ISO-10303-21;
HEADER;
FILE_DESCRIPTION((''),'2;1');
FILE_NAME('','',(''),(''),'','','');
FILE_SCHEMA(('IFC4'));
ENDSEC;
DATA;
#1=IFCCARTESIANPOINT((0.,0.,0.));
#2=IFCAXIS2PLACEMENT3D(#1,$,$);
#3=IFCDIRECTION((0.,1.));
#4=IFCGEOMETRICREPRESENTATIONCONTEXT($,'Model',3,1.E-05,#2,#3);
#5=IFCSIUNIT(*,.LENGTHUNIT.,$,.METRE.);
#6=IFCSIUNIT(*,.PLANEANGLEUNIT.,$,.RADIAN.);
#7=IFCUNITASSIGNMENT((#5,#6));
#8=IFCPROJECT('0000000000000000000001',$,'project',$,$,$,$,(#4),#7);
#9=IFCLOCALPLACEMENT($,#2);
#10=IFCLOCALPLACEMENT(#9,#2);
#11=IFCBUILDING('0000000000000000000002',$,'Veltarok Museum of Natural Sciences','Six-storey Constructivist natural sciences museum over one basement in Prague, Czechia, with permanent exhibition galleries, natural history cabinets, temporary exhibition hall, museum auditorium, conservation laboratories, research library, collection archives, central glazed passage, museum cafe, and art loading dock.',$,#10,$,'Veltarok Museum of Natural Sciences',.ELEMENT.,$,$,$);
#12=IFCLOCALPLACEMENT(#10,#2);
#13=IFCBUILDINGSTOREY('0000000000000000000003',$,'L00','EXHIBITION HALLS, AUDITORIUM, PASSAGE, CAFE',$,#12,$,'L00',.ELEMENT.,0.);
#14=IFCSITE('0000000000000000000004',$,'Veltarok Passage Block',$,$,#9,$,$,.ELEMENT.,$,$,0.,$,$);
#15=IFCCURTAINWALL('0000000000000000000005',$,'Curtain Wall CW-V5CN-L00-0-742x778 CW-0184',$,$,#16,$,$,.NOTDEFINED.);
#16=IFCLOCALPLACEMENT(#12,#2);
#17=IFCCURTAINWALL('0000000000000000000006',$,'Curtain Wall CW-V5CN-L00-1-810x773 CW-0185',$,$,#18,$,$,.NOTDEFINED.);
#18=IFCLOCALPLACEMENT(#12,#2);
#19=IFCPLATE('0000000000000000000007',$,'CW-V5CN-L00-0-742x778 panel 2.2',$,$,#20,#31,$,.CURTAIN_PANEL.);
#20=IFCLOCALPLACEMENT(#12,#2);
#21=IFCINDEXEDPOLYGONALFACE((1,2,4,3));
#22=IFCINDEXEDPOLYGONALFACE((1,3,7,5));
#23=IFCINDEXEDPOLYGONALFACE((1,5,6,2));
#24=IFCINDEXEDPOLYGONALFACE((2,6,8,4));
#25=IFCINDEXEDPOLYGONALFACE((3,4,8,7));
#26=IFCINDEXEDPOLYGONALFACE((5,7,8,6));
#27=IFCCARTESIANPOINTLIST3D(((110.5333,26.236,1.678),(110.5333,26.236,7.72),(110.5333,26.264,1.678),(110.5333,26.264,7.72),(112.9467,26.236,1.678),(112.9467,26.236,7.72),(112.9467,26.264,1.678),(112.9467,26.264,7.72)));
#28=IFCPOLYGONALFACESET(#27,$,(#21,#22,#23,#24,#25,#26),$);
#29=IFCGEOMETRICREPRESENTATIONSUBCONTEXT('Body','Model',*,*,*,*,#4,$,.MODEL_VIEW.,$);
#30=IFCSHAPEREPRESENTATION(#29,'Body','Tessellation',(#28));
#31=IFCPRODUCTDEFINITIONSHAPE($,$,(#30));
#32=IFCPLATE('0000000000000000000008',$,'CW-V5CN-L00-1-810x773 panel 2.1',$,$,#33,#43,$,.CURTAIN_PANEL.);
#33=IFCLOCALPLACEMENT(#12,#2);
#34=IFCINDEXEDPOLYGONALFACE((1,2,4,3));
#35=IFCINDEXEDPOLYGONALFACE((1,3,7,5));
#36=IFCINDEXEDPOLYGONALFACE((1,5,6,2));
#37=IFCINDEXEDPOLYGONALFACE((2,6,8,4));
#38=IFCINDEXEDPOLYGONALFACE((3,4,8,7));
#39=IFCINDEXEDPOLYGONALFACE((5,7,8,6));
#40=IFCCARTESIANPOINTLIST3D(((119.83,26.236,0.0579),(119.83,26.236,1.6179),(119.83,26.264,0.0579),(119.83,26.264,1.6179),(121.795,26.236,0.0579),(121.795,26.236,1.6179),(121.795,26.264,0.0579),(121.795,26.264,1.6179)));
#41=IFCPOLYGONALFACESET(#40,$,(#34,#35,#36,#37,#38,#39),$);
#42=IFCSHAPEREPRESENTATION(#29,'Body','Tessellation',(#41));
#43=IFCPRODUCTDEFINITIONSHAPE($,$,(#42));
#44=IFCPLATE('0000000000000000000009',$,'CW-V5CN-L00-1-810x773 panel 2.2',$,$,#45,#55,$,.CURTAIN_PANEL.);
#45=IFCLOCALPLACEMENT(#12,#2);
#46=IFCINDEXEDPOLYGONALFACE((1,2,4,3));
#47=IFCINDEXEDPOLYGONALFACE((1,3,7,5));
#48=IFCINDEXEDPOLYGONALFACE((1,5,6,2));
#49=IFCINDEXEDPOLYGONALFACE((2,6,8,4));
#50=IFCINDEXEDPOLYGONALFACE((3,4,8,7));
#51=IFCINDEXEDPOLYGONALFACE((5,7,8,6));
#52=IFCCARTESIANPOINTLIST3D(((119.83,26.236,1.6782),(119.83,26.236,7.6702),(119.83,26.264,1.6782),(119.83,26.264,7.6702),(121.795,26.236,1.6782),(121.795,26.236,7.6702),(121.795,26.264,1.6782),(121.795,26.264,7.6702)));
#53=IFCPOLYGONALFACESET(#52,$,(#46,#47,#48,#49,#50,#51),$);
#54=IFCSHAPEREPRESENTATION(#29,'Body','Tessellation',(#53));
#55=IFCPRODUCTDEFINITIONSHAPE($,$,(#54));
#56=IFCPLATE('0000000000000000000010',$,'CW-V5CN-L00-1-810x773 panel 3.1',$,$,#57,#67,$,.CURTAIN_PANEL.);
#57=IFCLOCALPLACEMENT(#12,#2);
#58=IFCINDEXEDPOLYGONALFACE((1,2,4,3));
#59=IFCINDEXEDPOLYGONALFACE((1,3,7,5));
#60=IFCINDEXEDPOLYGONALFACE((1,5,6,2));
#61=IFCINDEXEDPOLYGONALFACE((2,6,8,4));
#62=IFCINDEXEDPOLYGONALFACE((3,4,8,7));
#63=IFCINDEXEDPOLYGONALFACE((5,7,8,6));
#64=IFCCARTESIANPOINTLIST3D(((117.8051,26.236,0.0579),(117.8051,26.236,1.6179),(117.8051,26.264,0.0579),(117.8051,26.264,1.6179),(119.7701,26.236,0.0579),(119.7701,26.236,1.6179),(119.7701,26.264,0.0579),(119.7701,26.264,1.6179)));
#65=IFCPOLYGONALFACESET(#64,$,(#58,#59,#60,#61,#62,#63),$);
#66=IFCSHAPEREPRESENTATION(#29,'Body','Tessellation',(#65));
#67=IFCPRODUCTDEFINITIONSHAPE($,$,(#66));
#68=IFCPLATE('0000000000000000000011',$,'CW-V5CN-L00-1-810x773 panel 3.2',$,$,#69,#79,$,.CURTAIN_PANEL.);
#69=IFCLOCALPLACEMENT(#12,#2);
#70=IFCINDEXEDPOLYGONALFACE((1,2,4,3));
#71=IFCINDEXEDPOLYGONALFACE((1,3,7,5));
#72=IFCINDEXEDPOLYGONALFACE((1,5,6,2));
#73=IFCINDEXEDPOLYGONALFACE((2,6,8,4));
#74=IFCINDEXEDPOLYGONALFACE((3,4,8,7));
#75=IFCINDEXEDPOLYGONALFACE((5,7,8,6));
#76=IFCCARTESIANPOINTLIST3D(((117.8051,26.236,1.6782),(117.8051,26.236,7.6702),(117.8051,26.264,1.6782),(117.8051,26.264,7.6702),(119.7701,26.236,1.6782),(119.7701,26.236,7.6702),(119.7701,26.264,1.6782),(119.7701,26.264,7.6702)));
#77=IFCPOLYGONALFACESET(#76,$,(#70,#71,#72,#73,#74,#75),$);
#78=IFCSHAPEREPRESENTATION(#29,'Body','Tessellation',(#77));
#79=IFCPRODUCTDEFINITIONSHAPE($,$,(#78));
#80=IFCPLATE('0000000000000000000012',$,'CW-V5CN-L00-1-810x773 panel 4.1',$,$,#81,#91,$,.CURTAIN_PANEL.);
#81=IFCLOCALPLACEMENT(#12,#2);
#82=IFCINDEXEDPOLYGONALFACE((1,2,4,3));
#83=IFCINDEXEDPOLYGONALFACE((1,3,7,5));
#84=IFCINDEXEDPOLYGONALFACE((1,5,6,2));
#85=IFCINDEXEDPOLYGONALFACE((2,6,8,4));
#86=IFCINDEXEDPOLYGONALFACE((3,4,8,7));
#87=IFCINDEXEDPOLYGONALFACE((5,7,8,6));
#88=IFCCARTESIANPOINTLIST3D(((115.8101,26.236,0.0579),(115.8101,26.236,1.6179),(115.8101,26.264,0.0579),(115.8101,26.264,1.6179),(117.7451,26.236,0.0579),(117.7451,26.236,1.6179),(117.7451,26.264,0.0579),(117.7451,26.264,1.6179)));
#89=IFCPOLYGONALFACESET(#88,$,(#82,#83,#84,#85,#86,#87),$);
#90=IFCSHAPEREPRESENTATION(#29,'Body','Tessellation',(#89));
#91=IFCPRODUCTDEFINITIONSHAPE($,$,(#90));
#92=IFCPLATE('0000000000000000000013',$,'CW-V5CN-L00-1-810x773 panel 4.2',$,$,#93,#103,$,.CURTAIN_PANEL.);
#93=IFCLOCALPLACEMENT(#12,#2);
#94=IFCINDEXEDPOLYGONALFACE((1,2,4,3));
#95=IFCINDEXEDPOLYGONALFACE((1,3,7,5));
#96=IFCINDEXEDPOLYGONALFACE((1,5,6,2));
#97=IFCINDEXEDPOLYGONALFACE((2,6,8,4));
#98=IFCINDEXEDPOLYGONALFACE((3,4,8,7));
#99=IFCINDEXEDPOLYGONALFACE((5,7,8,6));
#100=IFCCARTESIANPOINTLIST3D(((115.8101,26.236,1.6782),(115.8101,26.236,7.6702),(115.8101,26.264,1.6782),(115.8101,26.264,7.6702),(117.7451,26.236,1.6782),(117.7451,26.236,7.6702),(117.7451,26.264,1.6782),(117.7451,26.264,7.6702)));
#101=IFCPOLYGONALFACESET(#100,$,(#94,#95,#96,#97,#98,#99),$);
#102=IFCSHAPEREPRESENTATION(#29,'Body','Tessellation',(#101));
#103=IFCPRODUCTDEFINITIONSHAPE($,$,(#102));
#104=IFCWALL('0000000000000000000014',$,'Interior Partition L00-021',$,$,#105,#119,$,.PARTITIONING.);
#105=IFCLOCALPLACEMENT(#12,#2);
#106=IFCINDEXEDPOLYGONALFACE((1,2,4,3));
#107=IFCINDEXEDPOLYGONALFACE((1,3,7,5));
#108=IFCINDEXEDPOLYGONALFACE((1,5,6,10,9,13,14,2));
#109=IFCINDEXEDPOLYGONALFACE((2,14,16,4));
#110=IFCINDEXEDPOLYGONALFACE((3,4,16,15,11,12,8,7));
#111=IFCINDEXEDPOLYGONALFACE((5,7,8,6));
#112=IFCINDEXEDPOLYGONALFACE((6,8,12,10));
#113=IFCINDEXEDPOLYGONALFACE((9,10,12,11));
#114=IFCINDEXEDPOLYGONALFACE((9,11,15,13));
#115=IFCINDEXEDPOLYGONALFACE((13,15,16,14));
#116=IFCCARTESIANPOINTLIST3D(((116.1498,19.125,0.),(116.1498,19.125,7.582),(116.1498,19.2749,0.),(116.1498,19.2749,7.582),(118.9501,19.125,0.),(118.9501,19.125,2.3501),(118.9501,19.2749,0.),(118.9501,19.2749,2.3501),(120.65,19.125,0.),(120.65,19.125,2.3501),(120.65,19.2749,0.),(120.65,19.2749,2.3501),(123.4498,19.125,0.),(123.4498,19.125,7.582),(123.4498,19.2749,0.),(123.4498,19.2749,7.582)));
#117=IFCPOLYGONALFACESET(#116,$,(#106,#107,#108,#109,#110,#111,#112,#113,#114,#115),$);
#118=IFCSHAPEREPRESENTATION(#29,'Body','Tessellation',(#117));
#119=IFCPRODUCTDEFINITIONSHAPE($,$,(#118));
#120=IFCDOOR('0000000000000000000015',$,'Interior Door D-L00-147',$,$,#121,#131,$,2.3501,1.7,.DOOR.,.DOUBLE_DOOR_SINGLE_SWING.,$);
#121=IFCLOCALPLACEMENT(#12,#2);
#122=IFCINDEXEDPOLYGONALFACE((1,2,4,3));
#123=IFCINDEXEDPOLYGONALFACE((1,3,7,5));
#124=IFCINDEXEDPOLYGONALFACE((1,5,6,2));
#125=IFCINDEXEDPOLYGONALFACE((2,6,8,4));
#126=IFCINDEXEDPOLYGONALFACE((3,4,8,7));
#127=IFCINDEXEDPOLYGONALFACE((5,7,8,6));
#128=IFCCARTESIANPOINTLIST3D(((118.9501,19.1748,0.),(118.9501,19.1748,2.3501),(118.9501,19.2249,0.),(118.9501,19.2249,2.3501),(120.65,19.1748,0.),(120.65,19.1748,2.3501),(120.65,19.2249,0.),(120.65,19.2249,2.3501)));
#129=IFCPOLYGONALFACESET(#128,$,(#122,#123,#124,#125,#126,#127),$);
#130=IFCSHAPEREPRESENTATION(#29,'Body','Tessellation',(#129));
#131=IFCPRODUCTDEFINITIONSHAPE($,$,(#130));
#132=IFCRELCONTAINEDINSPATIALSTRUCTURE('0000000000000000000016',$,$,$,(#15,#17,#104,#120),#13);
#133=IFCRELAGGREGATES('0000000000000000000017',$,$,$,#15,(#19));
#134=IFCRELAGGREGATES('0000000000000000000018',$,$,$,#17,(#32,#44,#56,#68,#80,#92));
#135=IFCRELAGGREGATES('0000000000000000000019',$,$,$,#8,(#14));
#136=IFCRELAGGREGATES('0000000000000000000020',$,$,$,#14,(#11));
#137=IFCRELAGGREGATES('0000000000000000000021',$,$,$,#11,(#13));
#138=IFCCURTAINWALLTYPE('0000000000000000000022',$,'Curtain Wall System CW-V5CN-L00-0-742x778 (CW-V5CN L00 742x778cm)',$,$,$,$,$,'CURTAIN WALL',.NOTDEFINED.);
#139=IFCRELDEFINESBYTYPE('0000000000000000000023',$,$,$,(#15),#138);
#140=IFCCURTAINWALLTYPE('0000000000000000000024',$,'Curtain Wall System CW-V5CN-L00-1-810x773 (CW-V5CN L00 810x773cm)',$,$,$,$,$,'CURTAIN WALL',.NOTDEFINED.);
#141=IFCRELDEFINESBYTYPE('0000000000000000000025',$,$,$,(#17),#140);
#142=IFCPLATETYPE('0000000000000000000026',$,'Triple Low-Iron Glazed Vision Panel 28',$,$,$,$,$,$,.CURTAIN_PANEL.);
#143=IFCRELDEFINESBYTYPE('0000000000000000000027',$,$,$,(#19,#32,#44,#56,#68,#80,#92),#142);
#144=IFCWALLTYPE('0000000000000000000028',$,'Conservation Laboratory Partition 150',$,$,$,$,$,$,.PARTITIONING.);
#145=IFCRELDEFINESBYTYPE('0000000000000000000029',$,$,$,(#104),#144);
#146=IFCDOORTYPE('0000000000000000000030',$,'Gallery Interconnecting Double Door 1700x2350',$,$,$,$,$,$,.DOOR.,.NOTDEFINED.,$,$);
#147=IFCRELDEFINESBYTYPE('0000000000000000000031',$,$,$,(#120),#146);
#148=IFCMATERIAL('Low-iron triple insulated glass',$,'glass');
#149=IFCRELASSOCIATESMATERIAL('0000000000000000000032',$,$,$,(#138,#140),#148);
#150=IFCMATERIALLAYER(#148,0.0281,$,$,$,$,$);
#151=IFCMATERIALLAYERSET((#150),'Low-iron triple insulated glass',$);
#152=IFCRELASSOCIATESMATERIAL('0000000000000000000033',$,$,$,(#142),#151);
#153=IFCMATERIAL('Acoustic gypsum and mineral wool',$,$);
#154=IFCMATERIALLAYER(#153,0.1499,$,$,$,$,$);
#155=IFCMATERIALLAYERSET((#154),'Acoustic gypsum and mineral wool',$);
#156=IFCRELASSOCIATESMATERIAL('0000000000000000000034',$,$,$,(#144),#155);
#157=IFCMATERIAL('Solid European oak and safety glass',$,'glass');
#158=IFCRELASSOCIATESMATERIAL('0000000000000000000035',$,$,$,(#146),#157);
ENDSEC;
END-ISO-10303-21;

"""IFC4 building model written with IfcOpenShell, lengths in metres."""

from ifc_helpers import new_model, si_unit, direction, frame, frame_2d, origin, origin_2d, place, context, subcontext, project, spatial, rectangle, extrude, material, layer, layer_set, type_object, element, fill, aggregate, save


model = new_model("IFC4")

# Units and contexts
model_context = context("Model", 3, precision=1e-05, world=origin(), true_north=direction((0.0, 1.0)))
body_context = subcontext(model_context, "Body", "Model", "MODEL_VIEW")
ifc_project = project(units=[si_unit("LENGTHUNIT", "METRE"), si_unit("PLANEANGLEUNIT", "RADIAN")], contexts=[model_context])

# Site, building, storey
site_placement = place(None, origin())
site = spatial("IfcSite", under=ifc_project, at=site_placement, Name="Veltarok Passage Block", CompositionType="ELEMENT", RefElevation=0.0)
building_placement = place(site_placement, origin())
building = spatial("IfcBuilding", under=site, at=building_placement, Name="Veltarok Museum of Natural Sciences", Description="Six-storey Constructivist natural sciences museum over one basement in Prague, Czechia, with permanent exhibition galleries, natural history cabinets, temporary exhibition hall, museum auditorium, conservation laboratories, research library, collection archives, central glazed passage, museum cafe, and art loading dock.", LongName="Veltarok Museum of Natural Sciences", CompositionType="ELEMENT")
storey_placement = place(building_placement, origin())
storey = spatial("IfcBuildingStorey", under=building, at=storey_placement, Name="L00", Description="EXHIBITION HALLS, AUDITORIUM, PASSAGE, CAFE", LongName="L00", CompositionType="ELEMENT", Elevation=0.0)

# Curtain walls
ifc_material_1 = material(Name="Low-iron triple insulated glass", Category="glass")
curtain_wall_type_1 = type_object("IfcCurtainWallType", Name="Curtain Wall System CW-V5CN-L00-0-742x778 (CW-V5CN L00 742x778cm)", ElementType="CURTAIN WALL", PredefinedType="NOTDEFINED", material=ifc_material_1)
curtain_wall_1_placement = place(storey_placement, origin())
curtain_wall_1 = element("IfcCurtainWall", 1, at=curtain_wall_1_placement, inside=storey, type_object=curtain_wall_type_1, Name="Curtain Wall CW-V5CN-L00-0-742x778 CW-0184", PredefinedType="NOTDEFINED")
curtain_wall_type_2 = type_object("IfcCurtainWallType", Name="Curtain Wall System CW-V5CN-L00-1-810x773 (CW-V5CN L00 810x773cm)", ElementType="CURTAIN WALL", PredefinedType="NOTDEFINED", material=ifc_material_1)
curtain_wall_2_placement = place(storey_placement, origin())
curtain_wall_2 = element("IfcCurtainWall", 2, at=curtain_wall_2_placement, inside=storey, type_object=curtain_wall_type_2, Name="Curtain Wall CW-V5CN-L00-1-810x773 CW-0185", PredefinedType="NOTDEFINED")

# Plates
ifc_layer_1 = layer(ifc_material_1, 0.0281)
ifc_layer_set_1 = layer_set([ifc_layer_1], Name="Low-iron triple insulated glass")
plate_type = type_object("IfcPlateType", Name="Triple Low-Iron Glazed Vision Panel 28", PredefinedType="CURTAIN_PANEL", material=ifc_layer_set_1)
plate_1_placement = place(storey_placement, frame((111.74, 26.25, 1.678), z_axis=(0.0, 0.0, 1.0), x_axis=(-1.0, 0.0, 0.0)))
plate_1 = element("IfcPlate", 3, at=plate_1_placement, type_object=plate_type, Name="CW-V5CN-L00-0-742x778 panel 2.2", PredefinedType="CURTAIN_PANEL", context=body_context, shape_type="SweptSolid", body=[
    extrude(rectangle(XDim=2.4133, YDim=0.0281, at=origin_2d()), origin(), (0.0, 0.0, 1.0), 6.042),
])
aggregate(curtain_wall_1, [plate_1])
plate_2_placement = place(storey_placement, frame((120.8125, 26.25, 0.0579), z_axis=(0.0, 0.0, 1.0), x_axis=(-1.0, 0.0, 0.0)))
plate_2 = element("IfcPlate", 4, at=plate_2_placement, type_object=plate_type, Name="CW-V5CN-L00-1-810x773 panel 2.1", PredefinedType="CURTAIN_PANEL", context=body_context, shape_type="SweptSolid", body=[
    extrude(rectangle(XDim=1.9651, YDim=0.0281, at=origin_2d()), origin(), (0.0, 0.0, 1.0), 1.5601),
])
plate_3_placement = place(storey_placement, frame((120.8125, 26.25, 1.6782), z_axis=(0.0, 0.0, 1.0), x_axis=(-1.0, 0.0, 0.0)))
plate_3 = element("IfcPlate", 5, at=plate_3_placement, type_object=plate_type, Name="CW-V5CN-L00-1-810x773 panel 2.2", PredefinedType="CURTAIN_PANEL", context=body_context, shape_type="SweptSolid", body=[
    extrude(rectangle(XDim=1.9651, YDim=0.0281, at=origin_2d()), origin(), (0.0, 0.0, 1.0), 5.9919),
])
plate_4_placement = place(storey_placement, frame((118.7876, 26.25, 0.0579), z_axis=(0.0, 0.0, 1.0), x_axis=(-1.0, 0.0, 0.0)))
plate_4 = element("IfcPlate", 6, at=plate_4_placement, type_object=plate_type, Name="CW-V5CN-L00-1-810x773 panel 3.1", PredefinedType="CURTAIN_PANEL", context=body_context, shape_type="SweptSolid", body=[
    extrude(rectangle(XDim=1.9651, YDim=0.0281, at=origin_2d()), origin(), (0.0, 0.0, 1.0), 1.5601),
])
plate_5_placement = place(storey_placement, frame((118.7876, 26.25, 1.6782), z_axis=(0.0, 0.0, 1.0), x_axis=(-1.0, 0.0, 0.0)))
plate_5 = element("IfcPlate", 7, at=plate_5_placement, type_object=plate_type, Name="CW-V5CN-L00-1-810x773 panel 3.2", PredefinedType="CURTAIN_PANEL", context=body_context, shape_type="SweptSolid", body=[
    extrude(rectangle(XDim=1.9651, YDim=0.0281, at=origin_2d()), origin(), (0.0, 0.0, 1.0), 5.9919),
])
plate_6_placement = place(storey_placement, frame((116.7776, 26.25, 0.0579), z_axis=(0.0, 0.0, 1.0), x_axis=(-1.0, 0.0, 0.0)))
plate_6 = element("IfcPlate", 8, at=plate_6_placement, type_object=plate_type, Name="CW-V5CN-L00-1-810x773 panel 4.1", PredefinedType="CURTAIN_PANEL", context=body_context, shape_type="SweptSolid", body=[
    extrude(rectangle(XDim=1.9351, YDim=0.0281, at=origin_2d()), origin(), (0.0, 0.0, 1.0), 1.5601),
])
plate_7_placement = place(storey_placement, frame((116.7776, 26.25, 1.6782), z_axis=(0.0, 0.0, 1.0), x_axis=(-1.0, 0.0, 0.0)))
plate_7 = element("IfcPlate", 9, at=plate_7_placement, type_object=plate_type, Name="CW-V5CN-L00-1-810x773 panel 4.2", PredefinedType="CURTAIN_PANEL", context=body_context, shape_type="SweptSolid", body=[
    extrude(rectangle(XDim=1.9351, YDim=0.0281, at=origin_2d()), origin(), (0.0, 0.0, 1.0), 5.9919),
])
aggregate(curtain_wall_2, [plate_2, plate_3, plate_4, plate_5, plate_6, plate_7])

# Wall, opening, door
ifc_material_2 = material(Name="Acoustic gypsum and mineral wool")
ifc_layer_2 = layer(ifc_material_2, 0.1499)
ifc_layer_set_2 = layer_set([ifc_layer_2], Name="Acoustic gypsum and mineral wool")
wall_type = type_object("IfcWallType", Name="Conservation Laboratory Partition 150", PredefinedType="PARTITIONING", material=ifc_layer_set_2)
wall_placement = place(storey_placement, frame((116.1499, 19.2, 0.0), z_axis=(0.0, 0.0, 1.0), x_axis=(1.0, 0.0, 0.0)))
wall = element("IfcWall", 10, at=wall_placement, inside=storey, type_object=wall_type, Name="Interior Partition L00-021", PredefinedType="PARTITIONING", context=body_context, shape_type="SweptSolid", body=[
    extrude(rectangle(XDim=7.3, YDim=0.1499, at=frame_2d((3.6499, 0.0))), origin(), (0.0, 0.0, 1.0), 7.582),
])
opening_placement = place(wall_placement, frame((2.8, 0.0, 0.0)))
opening = element("IfcOpeningElement", 11, at=opening_placement, cuts=wall, PredefinedType="OPENING", context=body_context, shape_type="SweptSolid", body=[
    extrude(rectangle(XDim=1.7, YDim=2.3501, at=frame_2d((0.8501, 1.175))), frame((0.0, 0.085, 0.0), z_axis=(0.0, -1.0, 0.0), x_axis=(1.0, 0.0, 0.0)), (0.0, 0.0, 1.0), 0.1699),
])
ifc_material_3 = material(Name="Solid European oak and safety glass", Category="glass")
door_type = type_object("IfcDoorType", Name="Gallery Interconnecting Double Door 1700x2350", OperationType="NOTDEFINED", PredefinedType="DOOR", material=ifc_material_3)
door_placement = place(opening_placement, origin())
door = element("IfcDoor", 12, at=door_placement, inside=storey, type_object=door_type, Name="Interior Door D-L00-147", OperationType="DOUBLE_DOOR_SINGLE_SWING", OverallHeight=2.3501, OverallWidth=1.7, PredefinedType="DOOR", context=body_context, shape_type="SweptSolid", body=[
    extrude(rectangle(XDim=1.7, YDim=2.3501, at=frame_2d((0.8501, 1.175))), frame((0.0, 0.0249, 0.0), z_axis=(0.0, -1.0, 0.0), x_axis=(1.0, 0.0, 0.0)), (0.0, 0.0, 1.0), 0.05),
])
fill(opening, door)

save(model, "model.ifc")
